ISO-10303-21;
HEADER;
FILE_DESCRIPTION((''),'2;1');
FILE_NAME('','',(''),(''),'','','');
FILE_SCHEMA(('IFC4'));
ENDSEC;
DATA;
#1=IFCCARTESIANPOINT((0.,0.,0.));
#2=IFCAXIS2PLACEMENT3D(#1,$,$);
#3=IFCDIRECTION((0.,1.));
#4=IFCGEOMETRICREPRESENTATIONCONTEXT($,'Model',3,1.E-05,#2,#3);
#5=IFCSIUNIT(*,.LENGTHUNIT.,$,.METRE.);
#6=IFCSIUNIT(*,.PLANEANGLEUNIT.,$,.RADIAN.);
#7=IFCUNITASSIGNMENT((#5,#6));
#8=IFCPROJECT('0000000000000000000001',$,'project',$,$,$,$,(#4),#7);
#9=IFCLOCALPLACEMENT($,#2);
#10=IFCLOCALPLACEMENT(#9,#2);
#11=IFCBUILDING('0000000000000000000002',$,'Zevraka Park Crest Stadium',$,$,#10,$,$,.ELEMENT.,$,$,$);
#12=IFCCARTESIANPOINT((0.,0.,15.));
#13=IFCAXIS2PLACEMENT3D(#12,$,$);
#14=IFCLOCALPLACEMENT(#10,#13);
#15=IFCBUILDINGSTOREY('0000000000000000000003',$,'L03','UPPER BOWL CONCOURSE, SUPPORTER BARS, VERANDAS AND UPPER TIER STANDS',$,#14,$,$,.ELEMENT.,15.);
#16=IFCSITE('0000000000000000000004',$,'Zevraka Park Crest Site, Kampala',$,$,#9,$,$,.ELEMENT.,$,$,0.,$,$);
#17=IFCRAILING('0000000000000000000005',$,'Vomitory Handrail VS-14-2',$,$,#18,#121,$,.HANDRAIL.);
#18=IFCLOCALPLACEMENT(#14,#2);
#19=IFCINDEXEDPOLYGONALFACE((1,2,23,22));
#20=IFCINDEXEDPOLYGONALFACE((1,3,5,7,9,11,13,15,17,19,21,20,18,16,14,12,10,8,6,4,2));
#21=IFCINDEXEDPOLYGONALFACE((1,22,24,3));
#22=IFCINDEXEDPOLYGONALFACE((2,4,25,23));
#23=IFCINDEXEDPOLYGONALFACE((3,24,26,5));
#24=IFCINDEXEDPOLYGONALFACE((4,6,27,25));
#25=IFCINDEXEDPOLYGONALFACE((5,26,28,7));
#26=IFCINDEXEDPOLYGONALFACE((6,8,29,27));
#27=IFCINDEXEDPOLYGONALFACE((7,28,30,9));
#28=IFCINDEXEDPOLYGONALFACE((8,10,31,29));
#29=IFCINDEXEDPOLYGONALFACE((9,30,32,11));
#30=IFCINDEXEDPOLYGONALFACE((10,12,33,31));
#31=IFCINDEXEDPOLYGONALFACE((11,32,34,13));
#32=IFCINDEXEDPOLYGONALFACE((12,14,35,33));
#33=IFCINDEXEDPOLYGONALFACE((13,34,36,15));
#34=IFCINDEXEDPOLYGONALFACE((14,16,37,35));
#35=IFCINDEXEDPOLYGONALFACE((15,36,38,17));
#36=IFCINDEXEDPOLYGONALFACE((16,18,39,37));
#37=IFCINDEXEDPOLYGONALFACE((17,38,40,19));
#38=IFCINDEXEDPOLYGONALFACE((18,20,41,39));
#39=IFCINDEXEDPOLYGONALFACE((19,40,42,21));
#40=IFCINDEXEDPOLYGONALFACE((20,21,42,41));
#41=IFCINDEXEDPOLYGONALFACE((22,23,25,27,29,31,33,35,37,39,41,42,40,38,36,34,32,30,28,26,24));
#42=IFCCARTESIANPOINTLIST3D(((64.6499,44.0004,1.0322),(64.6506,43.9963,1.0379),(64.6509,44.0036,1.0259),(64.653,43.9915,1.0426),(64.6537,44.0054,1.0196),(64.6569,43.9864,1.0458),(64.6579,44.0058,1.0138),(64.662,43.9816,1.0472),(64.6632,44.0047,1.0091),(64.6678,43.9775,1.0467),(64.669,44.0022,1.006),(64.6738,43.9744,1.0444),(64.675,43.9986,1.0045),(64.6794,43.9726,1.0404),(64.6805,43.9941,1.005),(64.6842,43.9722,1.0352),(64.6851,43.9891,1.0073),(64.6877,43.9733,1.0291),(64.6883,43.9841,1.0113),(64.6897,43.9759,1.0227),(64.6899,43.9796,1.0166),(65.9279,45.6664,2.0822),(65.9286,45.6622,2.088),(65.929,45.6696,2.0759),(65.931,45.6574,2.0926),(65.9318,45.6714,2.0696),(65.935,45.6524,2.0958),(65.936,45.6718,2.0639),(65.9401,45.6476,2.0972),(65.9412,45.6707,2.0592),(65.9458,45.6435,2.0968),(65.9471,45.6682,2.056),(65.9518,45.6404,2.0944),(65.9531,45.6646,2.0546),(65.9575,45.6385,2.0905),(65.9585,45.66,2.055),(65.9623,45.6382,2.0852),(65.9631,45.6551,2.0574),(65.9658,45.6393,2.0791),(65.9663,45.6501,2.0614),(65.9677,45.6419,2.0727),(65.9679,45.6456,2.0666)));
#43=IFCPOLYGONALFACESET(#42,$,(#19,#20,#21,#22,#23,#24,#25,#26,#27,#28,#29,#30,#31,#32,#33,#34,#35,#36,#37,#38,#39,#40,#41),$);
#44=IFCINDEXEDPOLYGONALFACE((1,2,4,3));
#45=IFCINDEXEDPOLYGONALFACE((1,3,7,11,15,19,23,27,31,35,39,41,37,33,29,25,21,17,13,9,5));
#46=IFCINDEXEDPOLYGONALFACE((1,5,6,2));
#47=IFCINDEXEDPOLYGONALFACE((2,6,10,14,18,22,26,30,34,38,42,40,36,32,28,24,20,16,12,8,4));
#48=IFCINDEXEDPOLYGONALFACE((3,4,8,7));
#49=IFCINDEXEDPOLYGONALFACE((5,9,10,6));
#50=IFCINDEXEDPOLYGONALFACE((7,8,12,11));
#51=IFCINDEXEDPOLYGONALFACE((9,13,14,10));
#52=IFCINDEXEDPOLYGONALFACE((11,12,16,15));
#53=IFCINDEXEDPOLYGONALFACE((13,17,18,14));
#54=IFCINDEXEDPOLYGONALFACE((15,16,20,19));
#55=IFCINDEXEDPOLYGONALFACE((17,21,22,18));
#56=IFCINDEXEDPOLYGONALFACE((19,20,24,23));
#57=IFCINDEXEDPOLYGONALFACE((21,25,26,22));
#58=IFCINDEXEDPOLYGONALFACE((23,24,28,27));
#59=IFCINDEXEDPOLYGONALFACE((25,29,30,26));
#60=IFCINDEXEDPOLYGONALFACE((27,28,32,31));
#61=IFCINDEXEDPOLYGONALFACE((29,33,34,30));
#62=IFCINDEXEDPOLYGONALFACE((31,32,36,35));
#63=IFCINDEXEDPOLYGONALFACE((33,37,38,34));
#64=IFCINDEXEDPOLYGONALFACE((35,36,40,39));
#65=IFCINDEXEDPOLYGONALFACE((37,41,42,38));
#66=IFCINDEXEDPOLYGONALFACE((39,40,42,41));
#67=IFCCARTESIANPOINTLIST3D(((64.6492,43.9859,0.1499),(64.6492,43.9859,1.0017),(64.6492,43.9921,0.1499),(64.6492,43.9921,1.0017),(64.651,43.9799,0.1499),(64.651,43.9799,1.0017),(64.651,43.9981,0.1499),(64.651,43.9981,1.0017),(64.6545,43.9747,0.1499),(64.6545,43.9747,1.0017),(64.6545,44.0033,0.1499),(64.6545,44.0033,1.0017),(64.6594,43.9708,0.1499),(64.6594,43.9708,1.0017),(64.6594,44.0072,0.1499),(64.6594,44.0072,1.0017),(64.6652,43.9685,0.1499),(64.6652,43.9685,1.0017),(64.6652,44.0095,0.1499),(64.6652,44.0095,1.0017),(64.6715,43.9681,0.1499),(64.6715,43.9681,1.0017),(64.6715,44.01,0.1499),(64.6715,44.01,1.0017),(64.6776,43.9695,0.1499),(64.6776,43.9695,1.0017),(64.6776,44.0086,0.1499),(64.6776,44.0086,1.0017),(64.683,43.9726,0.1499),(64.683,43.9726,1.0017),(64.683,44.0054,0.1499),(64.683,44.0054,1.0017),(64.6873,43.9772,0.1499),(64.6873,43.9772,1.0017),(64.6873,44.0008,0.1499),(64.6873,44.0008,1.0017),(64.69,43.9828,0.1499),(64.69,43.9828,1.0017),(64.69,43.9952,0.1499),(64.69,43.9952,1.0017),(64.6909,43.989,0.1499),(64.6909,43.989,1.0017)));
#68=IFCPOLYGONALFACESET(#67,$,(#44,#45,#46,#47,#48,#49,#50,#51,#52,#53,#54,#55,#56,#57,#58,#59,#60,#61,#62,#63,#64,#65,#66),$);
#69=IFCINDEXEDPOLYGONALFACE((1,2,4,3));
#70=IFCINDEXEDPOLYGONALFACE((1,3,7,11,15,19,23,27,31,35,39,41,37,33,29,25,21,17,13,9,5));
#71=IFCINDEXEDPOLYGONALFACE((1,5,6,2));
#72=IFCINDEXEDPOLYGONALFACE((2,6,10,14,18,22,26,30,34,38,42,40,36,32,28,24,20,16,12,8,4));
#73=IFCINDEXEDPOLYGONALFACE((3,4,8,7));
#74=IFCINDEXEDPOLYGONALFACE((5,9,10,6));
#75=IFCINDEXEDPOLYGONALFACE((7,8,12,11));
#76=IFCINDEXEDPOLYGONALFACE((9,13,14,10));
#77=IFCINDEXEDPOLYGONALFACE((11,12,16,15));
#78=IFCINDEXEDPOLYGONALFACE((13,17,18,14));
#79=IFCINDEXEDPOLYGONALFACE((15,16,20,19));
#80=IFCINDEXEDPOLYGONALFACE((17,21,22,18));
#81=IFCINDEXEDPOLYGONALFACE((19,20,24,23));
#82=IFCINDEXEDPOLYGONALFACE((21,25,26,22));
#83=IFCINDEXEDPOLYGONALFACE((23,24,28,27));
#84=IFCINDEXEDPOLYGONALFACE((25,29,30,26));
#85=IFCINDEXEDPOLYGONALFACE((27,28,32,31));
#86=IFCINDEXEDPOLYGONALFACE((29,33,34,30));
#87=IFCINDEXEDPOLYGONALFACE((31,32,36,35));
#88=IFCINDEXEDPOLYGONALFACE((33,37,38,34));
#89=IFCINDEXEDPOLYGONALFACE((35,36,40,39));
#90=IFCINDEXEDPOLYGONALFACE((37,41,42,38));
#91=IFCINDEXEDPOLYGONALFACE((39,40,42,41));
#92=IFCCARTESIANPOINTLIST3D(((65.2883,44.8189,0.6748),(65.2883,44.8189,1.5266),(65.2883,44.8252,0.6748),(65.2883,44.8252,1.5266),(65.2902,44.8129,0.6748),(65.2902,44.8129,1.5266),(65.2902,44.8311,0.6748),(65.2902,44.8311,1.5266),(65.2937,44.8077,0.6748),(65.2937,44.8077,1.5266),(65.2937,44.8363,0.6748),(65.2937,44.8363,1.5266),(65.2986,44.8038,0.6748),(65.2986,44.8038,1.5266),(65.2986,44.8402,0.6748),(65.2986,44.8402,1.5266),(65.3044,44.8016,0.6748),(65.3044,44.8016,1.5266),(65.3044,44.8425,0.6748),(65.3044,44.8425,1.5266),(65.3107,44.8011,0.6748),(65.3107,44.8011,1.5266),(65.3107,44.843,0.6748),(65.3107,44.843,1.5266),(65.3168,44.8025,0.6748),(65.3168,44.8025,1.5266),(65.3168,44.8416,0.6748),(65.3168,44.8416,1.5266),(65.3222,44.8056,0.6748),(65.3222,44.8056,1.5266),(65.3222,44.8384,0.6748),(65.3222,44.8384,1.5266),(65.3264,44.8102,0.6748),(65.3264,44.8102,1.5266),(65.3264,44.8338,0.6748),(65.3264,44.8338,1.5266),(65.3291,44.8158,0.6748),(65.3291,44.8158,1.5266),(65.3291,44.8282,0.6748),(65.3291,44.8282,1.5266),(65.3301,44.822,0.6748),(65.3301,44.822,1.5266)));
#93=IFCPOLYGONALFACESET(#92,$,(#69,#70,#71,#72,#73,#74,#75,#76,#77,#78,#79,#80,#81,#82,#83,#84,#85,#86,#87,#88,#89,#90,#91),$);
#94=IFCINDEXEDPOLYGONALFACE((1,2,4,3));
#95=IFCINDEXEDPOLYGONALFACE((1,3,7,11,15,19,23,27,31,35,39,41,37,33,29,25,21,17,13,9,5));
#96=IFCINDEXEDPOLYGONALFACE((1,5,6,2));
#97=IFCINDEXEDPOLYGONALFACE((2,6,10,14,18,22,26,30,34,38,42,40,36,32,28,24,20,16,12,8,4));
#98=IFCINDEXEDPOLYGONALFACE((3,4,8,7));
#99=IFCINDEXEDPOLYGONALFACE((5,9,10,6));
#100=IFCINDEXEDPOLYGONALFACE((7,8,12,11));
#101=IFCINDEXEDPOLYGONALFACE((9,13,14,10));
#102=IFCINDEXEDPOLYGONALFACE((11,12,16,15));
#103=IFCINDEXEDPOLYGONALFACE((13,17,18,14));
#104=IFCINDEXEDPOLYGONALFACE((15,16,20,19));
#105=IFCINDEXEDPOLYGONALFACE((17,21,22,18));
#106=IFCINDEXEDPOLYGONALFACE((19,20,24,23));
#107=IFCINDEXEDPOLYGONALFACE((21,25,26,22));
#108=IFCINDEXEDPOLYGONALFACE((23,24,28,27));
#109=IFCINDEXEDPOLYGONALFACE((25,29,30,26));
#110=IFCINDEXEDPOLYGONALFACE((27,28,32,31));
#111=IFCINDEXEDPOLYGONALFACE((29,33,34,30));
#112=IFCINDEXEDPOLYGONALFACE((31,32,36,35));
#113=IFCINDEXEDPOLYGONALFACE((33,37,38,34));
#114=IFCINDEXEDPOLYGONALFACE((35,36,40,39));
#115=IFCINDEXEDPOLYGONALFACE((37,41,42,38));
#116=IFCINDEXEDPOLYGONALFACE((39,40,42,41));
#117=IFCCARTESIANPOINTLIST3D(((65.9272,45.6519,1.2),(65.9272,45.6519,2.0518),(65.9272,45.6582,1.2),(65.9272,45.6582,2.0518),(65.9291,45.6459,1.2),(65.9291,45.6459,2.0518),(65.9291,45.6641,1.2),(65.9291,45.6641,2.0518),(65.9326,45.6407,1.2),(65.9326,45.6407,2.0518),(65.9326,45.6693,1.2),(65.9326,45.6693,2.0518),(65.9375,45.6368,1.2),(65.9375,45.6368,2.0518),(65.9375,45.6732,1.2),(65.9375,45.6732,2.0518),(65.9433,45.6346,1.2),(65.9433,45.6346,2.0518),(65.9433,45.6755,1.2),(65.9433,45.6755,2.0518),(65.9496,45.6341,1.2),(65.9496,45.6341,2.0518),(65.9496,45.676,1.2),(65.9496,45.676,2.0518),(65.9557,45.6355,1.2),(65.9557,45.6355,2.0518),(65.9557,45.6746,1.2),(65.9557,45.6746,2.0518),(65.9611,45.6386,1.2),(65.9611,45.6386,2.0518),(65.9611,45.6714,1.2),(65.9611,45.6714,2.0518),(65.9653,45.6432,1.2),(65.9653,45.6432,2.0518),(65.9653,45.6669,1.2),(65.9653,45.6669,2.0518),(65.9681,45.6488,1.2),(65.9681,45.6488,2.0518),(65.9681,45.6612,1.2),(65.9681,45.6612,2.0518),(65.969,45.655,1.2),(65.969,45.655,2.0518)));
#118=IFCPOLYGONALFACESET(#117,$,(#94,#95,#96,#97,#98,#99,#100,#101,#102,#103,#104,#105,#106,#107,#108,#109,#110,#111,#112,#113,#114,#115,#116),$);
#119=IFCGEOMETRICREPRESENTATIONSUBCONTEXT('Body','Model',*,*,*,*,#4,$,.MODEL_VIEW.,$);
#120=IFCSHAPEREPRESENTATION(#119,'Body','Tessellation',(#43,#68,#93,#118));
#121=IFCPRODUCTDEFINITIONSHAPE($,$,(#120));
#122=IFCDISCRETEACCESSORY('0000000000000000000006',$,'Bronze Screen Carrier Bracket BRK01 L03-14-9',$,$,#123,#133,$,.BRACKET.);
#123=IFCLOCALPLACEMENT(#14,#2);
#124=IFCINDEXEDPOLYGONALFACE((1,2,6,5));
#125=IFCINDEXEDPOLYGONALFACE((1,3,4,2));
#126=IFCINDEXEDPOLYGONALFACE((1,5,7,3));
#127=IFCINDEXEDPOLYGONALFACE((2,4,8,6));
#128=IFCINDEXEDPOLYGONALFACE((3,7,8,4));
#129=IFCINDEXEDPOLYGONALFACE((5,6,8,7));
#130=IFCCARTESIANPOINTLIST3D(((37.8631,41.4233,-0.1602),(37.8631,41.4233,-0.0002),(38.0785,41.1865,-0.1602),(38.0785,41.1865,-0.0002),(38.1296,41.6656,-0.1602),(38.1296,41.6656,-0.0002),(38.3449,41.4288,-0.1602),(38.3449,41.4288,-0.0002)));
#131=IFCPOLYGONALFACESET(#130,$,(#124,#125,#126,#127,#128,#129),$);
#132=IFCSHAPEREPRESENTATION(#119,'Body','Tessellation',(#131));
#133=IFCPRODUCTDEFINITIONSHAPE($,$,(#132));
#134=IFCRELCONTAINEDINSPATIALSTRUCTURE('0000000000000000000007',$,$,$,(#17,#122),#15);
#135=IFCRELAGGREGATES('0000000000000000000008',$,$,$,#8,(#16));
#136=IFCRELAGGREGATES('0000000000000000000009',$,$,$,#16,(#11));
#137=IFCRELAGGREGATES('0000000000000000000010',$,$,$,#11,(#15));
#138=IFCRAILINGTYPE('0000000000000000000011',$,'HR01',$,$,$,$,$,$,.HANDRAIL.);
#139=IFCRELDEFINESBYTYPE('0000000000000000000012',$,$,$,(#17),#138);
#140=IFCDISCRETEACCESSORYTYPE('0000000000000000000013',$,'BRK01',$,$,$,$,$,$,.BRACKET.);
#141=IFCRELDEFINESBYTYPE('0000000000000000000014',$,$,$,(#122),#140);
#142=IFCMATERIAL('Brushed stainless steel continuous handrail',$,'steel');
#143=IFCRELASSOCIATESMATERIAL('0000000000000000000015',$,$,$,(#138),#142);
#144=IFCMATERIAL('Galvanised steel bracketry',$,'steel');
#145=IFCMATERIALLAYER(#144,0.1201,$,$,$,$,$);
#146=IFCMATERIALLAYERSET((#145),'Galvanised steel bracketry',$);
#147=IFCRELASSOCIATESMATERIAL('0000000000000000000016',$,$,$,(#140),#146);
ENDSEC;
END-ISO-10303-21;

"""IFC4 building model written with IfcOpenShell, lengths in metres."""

from ifc_helpers import new_model, si_unit, direction, frame, origin, origin_2d, place, context, subcontext, project, spatial, rectangle, circle, extrude, material, layer, layer_set, type_object, element, save


model = new_model("IFC4")

# Units and contexts
model_context = context("Model", 3, precision=1e-05, world=origin(), true_north=direction((0.0, 1.0)))
body_context = subcontext(model_context, "Body", "Model", "MODEL_VIEW")
ifc_project = project(units=[si_unit("LENGTHUNIT", "METRE"), si_unit("PLANEANGLEUNIT", "RADIAN")], contexts=[model_context])

# Site, building, storey
site_placement = place(None, origin())
site = spatial("IfcSite", under=ifc_project, at=site_placement, Name="Zevraka Park Crest Site, Kampala", CompositionType="ELEMENT", RefElevation=0.0)
building_placement = place(site_placement, origin())
building = spatial("IfcBuilding", under=site, at=building_placement, Name="Zevraka Park Crest Stadium", CompositionType="ELEMENT")
storey_placement = place(building_placement, frame((0.0, 0.0, 15.0)))
storey = spatial("IfcBuildingStorey", under=building, at=storey_placement, Name="L03", Description="UPPER BOWL CONCOURSE, SUPPORTER BARS, VERANDAS AND UPPER TIER STANDS", CompositionType="ELEMENT", Elevation=15.0)

# Railing
ifc_material_1 = material(Name="Brushed stainless steel continuous handrail", Category="steel")
railing_type_1 = type_object("IfcRailingType", Name="HR01", PredefinedType="HANDRAIL", material=ifc_material_1)
railing_1_placement = place(storey_placement, frame((64.6699, 43.989, 0.1499)))
element("IfcRailing", 1, at=railing_1_placement, inside=storey, type_object=railing_type_1, Name="Vomitory Handrail VS-14-2", PredefinedType="HANDRAIL", context=body_context, shape_type="SweptSolid", body=[
    extrude(circle(Radius=0.0239, at=origin_2d()), frame((0.0, 0.0, 0.876), z_axis=(0.544395, 0.709638, 0.447267), x_axis=(-0.793423, 0.608671, 0.0)), (0.0, 0.0, 1.0), 2.3477),
    extrude(circle(Radius=0.021, at=origin_2d()), origin(), (0.0, 0.0, 1.0), 0.8518),
    extrude(circle(Radius=0.021, at=origin_2d()), frame((0.6392, 0.833, 0.5249)), (0.0, 0.0, 1.0), 0.8518),
    extrude(circle(Radius=0.021, at=origin_2d()), frame((1.2781, 1.666, 1.05)), (0.0, 0.0, 1.0), 0.8518),
])

# Discrete accessory
ifc_material_2 = material(Name="Galvanised steel bracketry", Category="steel")
ifc_layer_1 = layer(ifc_material_2, 0.1201)
ifc_layer_set_1 = layer_set([ifc_layer_1], Name="Galvanised steel bracketry")
discrete_accessory_type = type_object("IfcDiscreteAccessoryType", Name="BRK01", PredefinedType="BRACKET", material=ifc_layer_set_1)
discrete_accessory_placement = place(storey_placement, frame((38.104, 41.426, -0.1602), z_axis=(0.0, 0.0, 1.0), x_axis=(0.672754, -0.739866, 0.0)))
element("IfcDiscreteAccessory", 2, at=discrete_accessory_placement, inside=storey, type_object=discrete_accessory_type, Name="Bronze Screen Carrier Bracket BRK01 L03-14-9", PredefinedType="BRACKET", context=body_context, shape_type="SweptSolid", body=[
    extrude(rectangle(XDim=0.3201, YDim=0.3601, at=origin_2d()), origin(), (0.0, 0.0, 1.0), 0.1599),
])

save(model, "model.ifc")
